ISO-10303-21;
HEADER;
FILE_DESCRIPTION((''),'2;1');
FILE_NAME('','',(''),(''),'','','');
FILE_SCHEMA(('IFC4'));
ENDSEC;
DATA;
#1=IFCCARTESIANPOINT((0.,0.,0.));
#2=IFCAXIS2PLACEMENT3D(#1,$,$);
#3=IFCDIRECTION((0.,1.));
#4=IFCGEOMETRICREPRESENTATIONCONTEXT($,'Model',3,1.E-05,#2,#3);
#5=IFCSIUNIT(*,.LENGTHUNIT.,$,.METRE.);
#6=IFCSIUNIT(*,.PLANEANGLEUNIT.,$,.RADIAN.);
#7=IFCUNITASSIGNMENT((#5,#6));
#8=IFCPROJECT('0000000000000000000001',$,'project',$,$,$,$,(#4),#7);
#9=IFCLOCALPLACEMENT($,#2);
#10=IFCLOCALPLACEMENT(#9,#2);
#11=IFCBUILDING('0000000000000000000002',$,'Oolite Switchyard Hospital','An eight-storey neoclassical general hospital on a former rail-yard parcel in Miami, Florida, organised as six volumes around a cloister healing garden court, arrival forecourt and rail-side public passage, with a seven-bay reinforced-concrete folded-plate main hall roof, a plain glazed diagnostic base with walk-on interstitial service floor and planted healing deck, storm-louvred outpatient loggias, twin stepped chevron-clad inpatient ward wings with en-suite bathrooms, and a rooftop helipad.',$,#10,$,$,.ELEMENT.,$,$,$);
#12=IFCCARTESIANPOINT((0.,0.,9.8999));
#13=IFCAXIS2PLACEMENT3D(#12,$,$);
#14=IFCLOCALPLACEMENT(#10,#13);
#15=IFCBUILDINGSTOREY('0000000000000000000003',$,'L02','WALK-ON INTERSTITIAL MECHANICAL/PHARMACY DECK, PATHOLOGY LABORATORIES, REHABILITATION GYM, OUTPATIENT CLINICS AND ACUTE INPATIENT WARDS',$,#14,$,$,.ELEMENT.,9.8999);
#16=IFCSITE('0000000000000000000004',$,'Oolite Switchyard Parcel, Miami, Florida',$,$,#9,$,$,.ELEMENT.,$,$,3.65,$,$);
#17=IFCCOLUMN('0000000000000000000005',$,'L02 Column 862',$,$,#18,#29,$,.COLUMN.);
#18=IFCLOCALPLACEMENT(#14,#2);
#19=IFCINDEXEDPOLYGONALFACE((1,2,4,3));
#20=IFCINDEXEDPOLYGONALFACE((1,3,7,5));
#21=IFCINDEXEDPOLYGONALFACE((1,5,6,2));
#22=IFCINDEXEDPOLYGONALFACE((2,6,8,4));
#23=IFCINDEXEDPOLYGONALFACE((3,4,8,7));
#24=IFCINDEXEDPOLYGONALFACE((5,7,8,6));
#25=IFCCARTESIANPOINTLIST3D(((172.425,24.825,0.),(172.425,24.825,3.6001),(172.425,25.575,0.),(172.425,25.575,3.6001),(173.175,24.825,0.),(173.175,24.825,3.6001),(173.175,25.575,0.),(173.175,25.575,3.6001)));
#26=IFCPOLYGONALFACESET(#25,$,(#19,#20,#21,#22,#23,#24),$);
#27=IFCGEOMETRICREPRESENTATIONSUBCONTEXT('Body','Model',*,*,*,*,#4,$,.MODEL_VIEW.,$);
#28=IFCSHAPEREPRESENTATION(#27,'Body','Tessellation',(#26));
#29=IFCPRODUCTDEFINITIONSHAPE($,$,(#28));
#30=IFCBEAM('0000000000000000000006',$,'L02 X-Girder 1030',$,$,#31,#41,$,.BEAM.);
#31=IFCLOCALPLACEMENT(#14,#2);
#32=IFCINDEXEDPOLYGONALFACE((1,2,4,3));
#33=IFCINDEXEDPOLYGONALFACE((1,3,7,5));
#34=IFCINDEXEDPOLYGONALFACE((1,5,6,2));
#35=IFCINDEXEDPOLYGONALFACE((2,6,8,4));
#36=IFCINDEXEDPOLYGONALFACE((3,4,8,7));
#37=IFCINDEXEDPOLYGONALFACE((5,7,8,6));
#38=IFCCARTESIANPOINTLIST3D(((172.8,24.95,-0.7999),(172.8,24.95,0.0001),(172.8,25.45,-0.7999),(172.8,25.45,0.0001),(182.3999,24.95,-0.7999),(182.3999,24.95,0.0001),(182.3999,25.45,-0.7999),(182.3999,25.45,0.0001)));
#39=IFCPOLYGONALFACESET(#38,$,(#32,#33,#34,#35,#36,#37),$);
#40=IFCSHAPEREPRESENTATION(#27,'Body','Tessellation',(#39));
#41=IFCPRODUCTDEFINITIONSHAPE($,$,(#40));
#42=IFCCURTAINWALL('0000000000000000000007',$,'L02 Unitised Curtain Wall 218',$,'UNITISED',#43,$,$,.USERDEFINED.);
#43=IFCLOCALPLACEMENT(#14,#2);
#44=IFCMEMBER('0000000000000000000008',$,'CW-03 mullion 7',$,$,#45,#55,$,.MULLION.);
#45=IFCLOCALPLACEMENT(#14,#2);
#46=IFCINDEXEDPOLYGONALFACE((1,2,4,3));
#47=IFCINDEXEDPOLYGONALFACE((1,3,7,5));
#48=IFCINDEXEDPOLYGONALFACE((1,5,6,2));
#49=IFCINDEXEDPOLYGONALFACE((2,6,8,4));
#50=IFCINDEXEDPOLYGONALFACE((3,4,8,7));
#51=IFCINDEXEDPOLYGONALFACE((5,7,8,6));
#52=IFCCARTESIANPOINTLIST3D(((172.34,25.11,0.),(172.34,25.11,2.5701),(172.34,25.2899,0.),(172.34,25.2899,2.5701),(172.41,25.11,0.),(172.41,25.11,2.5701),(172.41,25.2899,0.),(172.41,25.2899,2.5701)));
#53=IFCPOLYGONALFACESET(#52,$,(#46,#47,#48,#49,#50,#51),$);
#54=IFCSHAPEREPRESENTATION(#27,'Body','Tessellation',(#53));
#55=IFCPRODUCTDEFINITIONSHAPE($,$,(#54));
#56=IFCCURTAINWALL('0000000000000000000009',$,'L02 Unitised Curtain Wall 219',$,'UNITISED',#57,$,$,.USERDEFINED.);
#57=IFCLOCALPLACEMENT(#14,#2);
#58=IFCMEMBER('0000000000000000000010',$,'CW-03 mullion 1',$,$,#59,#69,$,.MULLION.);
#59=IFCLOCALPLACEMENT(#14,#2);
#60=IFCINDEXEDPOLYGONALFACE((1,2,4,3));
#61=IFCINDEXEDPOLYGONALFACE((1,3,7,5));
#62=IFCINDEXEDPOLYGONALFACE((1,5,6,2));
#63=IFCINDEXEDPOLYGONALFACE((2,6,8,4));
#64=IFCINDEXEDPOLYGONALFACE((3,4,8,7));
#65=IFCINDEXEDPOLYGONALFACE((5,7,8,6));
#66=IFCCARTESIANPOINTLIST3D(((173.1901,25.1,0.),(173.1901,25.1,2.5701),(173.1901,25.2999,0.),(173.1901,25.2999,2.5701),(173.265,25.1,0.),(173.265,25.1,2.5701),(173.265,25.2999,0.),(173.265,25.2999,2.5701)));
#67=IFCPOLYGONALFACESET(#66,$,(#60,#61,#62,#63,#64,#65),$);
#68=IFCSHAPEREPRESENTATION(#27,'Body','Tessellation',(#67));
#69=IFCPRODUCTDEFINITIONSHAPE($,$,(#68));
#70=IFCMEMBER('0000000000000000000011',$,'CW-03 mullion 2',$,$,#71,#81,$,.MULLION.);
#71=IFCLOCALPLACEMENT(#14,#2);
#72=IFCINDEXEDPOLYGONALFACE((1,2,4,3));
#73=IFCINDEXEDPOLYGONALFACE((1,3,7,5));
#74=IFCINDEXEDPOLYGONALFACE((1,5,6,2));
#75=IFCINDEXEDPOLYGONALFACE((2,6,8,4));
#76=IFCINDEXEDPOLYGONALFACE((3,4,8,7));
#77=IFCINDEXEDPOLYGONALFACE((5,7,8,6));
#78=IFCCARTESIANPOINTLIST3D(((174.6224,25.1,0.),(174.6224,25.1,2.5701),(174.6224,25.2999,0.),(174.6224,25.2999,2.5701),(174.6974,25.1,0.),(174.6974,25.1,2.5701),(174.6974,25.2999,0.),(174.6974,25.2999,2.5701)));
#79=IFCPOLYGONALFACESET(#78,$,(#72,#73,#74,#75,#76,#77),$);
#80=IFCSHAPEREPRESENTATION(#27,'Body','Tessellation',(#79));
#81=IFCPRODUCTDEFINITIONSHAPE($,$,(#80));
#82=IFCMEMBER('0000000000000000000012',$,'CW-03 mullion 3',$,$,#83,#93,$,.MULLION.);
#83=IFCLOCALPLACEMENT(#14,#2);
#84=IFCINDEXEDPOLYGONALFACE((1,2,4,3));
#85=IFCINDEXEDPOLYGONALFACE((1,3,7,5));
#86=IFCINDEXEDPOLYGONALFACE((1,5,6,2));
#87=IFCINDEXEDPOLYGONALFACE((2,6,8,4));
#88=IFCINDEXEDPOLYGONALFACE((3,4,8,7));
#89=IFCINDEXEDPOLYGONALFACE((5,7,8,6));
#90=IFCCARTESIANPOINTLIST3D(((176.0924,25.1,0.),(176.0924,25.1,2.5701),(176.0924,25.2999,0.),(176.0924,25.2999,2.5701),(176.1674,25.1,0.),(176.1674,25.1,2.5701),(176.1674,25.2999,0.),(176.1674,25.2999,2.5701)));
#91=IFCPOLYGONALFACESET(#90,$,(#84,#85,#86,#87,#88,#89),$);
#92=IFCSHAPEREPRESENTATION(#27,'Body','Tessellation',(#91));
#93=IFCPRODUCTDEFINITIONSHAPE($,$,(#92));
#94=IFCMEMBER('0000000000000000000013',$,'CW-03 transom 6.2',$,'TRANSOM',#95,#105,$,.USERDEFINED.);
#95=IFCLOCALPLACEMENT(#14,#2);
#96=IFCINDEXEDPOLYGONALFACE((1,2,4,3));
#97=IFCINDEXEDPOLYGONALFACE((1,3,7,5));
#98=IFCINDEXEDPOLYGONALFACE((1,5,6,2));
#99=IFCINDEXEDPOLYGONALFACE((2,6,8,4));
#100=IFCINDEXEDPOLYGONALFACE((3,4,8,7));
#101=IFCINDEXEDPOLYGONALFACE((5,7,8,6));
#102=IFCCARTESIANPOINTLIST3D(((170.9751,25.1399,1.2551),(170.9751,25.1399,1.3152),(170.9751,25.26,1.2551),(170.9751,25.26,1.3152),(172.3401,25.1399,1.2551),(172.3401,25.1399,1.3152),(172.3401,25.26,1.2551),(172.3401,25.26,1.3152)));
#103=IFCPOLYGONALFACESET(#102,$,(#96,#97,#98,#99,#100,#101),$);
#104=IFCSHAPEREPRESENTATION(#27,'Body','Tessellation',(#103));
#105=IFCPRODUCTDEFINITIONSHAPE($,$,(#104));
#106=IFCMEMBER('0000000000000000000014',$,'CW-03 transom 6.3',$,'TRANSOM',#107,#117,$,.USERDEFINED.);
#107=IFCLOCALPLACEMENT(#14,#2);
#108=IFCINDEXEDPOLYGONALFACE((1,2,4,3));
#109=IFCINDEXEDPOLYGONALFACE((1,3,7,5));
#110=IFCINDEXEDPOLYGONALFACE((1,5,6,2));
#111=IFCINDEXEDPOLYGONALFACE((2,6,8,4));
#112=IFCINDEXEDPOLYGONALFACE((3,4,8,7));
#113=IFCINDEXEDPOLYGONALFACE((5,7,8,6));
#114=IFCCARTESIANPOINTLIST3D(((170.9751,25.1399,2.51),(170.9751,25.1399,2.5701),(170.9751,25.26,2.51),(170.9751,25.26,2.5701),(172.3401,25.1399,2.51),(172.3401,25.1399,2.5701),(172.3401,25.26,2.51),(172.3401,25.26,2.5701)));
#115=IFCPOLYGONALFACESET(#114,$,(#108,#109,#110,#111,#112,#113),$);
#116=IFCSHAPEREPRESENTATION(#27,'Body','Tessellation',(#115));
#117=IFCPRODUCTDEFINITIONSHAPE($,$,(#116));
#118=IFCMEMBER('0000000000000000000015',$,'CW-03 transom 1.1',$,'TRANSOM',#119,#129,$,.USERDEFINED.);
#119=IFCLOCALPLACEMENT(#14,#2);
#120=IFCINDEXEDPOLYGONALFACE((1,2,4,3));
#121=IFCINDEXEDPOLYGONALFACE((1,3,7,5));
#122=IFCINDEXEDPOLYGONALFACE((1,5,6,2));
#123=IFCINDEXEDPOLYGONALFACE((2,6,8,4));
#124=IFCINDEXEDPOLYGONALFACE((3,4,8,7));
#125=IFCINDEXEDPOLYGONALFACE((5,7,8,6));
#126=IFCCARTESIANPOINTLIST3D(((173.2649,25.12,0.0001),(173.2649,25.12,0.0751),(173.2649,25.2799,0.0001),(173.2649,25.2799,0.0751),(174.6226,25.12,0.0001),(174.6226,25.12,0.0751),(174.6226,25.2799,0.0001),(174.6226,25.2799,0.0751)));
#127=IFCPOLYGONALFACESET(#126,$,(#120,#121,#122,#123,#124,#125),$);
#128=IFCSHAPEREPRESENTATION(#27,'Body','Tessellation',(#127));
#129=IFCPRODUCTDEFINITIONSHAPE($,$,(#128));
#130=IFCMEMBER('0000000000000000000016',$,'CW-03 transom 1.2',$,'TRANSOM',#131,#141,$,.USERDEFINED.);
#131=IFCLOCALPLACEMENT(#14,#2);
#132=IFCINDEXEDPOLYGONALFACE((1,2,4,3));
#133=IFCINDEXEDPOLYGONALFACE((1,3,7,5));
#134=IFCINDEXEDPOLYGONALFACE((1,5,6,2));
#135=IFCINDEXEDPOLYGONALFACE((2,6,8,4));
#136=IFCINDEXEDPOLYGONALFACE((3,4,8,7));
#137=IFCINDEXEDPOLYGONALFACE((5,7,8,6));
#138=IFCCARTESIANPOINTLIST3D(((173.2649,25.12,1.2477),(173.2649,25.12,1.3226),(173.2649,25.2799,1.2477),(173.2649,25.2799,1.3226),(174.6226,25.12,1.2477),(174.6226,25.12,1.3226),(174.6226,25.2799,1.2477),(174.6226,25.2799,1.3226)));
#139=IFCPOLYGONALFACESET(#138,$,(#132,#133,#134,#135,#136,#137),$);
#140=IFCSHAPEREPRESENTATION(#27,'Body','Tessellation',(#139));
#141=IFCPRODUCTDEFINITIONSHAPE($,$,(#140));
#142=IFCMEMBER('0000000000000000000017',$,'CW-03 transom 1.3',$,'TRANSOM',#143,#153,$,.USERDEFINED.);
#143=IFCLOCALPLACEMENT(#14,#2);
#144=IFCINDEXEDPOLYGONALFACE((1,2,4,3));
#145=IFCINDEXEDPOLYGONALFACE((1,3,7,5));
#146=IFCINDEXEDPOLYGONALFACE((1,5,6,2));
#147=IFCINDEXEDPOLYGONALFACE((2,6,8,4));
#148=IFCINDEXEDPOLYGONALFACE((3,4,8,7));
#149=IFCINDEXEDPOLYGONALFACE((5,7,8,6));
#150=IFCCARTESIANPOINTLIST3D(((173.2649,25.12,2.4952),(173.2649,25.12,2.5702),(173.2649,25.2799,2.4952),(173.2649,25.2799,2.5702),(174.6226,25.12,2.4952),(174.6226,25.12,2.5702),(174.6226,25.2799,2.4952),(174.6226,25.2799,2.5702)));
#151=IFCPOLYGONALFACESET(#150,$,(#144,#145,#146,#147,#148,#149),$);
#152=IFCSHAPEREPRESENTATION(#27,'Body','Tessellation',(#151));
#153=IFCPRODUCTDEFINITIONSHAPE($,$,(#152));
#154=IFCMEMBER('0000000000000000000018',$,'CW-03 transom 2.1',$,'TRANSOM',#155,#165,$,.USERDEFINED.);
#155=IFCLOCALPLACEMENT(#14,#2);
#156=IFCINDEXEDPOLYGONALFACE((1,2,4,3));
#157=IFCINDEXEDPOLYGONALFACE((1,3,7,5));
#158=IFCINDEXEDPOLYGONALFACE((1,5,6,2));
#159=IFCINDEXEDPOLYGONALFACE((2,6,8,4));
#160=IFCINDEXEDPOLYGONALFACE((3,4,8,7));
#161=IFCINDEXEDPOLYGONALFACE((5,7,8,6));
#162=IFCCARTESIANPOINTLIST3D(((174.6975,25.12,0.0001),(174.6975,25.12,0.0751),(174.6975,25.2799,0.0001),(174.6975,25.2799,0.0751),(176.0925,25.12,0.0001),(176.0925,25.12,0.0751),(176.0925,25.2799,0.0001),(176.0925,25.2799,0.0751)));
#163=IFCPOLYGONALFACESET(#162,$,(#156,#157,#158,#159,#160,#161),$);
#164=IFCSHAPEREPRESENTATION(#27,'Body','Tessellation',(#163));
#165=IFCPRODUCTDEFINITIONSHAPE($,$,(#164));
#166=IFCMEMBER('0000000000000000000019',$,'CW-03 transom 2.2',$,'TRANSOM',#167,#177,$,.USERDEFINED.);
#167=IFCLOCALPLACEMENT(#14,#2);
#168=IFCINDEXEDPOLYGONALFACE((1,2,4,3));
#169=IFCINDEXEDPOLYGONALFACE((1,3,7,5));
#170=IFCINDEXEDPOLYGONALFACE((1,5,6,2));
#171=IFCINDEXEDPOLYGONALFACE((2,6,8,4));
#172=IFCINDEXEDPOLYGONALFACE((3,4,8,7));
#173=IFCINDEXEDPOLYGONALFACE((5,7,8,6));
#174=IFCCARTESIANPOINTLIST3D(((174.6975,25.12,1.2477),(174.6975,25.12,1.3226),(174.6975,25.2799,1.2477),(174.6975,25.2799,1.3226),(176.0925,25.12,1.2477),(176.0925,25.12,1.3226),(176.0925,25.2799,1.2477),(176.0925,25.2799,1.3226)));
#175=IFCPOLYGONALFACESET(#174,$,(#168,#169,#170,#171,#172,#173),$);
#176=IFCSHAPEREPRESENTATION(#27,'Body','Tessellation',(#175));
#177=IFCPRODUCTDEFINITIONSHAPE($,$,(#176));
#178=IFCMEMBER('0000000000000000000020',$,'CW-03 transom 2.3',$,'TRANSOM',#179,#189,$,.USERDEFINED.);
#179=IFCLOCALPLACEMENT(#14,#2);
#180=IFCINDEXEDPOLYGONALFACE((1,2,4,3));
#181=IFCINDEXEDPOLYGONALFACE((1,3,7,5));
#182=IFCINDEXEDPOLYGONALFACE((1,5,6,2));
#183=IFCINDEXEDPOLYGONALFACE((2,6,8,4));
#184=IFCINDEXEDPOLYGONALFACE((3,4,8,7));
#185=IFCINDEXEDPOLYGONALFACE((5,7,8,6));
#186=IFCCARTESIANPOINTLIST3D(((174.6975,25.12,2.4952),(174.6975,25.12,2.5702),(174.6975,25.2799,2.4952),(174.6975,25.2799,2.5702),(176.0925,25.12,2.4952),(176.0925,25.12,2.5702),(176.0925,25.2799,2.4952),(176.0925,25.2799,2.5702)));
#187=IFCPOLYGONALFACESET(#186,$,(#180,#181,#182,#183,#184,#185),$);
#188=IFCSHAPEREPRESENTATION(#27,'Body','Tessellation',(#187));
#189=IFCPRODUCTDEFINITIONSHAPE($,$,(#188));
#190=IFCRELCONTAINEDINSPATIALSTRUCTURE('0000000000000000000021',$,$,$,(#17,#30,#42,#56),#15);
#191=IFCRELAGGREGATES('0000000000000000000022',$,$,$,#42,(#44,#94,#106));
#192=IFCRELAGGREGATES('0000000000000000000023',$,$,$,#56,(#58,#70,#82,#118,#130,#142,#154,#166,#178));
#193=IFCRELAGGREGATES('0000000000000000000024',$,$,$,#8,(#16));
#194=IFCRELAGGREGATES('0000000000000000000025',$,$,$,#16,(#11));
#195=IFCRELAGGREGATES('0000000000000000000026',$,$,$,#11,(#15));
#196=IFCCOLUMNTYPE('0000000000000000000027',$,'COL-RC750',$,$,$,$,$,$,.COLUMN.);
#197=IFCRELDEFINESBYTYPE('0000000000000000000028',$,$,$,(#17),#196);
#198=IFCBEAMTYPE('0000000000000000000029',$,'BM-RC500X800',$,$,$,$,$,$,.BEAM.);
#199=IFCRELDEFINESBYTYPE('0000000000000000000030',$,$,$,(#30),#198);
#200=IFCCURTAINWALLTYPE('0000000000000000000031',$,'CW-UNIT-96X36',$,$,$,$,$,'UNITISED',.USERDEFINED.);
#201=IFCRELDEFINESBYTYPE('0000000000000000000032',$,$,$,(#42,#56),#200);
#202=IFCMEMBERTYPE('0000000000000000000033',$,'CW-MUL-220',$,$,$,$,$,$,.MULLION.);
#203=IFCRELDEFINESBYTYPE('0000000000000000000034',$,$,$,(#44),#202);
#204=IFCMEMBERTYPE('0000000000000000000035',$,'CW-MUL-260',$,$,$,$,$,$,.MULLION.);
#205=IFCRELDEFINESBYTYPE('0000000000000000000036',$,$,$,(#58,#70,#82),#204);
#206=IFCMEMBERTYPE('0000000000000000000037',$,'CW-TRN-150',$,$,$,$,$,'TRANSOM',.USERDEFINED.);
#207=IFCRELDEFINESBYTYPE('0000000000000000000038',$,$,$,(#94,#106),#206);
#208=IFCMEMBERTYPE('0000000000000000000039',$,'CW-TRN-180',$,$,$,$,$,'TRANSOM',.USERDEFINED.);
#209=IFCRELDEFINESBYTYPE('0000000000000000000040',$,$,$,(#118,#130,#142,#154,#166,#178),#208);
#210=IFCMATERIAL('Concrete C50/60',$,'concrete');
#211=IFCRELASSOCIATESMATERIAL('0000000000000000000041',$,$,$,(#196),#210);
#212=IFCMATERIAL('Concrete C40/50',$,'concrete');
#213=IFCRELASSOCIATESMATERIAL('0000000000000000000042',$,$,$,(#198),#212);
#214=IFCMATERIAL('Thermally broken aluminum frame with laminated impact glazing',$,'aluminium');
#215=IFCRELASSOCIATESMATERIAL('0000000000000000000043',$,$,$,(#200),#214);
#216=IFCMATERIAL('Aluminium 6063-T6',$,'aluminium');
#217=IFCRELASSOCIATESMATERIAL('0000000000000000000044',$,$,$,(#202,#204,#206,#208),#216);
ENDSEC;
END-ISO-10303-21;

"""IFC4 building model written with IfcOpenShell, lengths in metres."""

from ifc_helpers import new_model, si_unit, direction, frame, origin, origin_2d, place, context, subcontext, project, spatial, rectangle, extrude, material, material_profile, profile_set, type_object, element, aggregate, save


model = new_model("IFC4")

# Units and contexts
model_context = context("Model", 3, precision=1e-05, world=origin(), true_north=direction((0.0, 1.0)))
body_context = subcontext(model_context, "Body", "Model", "MODEL_VIEW")
ifc_project = project(units=[si_unit("LENGTHUNIT", "METRE"), si_unit("PLANEANGLEUNIT", "RADIAN")], contexts=[model_context])

# Site, building, storey
site_placement = place(None, origin())
site = spatial("IfcSite", under=ifc_project, at=site_placement, Name="Oolite Switchyard Parcel, Miami, Florida", CompositionType="ELEMENT", RefElevation=3.65)
building_placement = place(site_placement, origin())
building = spatial("IfcBuilding", under=site, at=building_placement, Name="Oolite Switchyard Hospital", Description="An eight-storey neoclassical general hospital on a former rail-yard parcel in Miami, Florida, organised as six volumes around a cloister healing garden court, arrival forecourt and rail-side public passage, with a seven-bay reinforced-concrete folded-plate main hall roof, a plain glazed diagnostic base with walk-on interstitial service floor and planted healing deck, storm-louvred outpatient loggias, twin stepped chevron-clad inpatient ward wings with en-suite bathrooms, and a rooftop helipad.", CompositionType="ELEMENT")
storey_placement = place(building_placement, frame((0.0, 0.0, 9.8999)))
storey = spatial("IfcBuildingStorey", under=building, at=storey_placement, Name="L02", Description="WALK-ON INTERSTITIAL MECHANICAL/PHARMACY DECK, PATHOLOGY LABORATORIES, REHABILITATION GYM, OUTPATIENT CLINICS AND ACUTE INPATIENT WARDS", CompositionType="ELEMENT", Elevation=9.8999)

# Column
ifc_material_1 = material(Name="Concrete C50/60", Category="concrete")
ifc_material_profile_1 = material_profile(ifc_material_1, rectangle(XDim=0.75, YDim=0.75, at=origin_2d()), Name="RC750X750")
ifc_profile_set_1 = profile_set([ifc_material_profile_1], Name="Concrete C50/60")
column_type = type_object("IfcColumnType", Name="COL-RC750", PredefinedType="COLUMN", material=ifc_profile_set_1)
column_placement = place(storey_placement, frame((172.8, 25.2, 0.0), z_axis=(0.0, 0.0, 1.0), x_axis=(1.0, 0.0, 0.0)))
element("IfcColumn", 1, at=column_placement, inside=storey, type_object=column_type, Name="L02 Column 862", PredefinedType="COLUMN", context=body_context, shape_type="SweptSolid", body=[
    extrude(rectangle(XDim=0.75, YDim=0.75, at=origin_2d()), origin(), (0.0, 0.0, 1.0), 3.6001),
])

# Beam
ifc_material_2 = material(Name="Concrete C40/50", Category="concrete")
ifc_material_profile_2 = material_profile(ifc_material_2, rectangle(XDim=0.5, YDim=0.8, at=origin_2d()), Name="RCB500X800")
ifc_profile_set_2 = profile_set([ifc_material_profile_2], Name="Concrete C40/50")
beam_type = type_object("IfcBeamType", Name="BM-RC500X800", PredefinedType="BEAM", material=ifc_profile_set_2)
beam_placement = place(storey_placement, frame((172.8, 25.2, -0.3999), z_axis=(1.0, 0.0, 0.0), x_axis=(0.0, 1.0, 0.0)))
element("IfcBeam", 2, at=beam_placement, inside=storey, type_object=beam_type, Name="L02 X-Girder 1030", PredefinedType="BEAM", context=body_context, shape_type="SweptSolid", body=[
    extrude(rectangle(XDim=0.5, YDim=0.8, at=origin_2d()), origin(), (0.0, 0.0, 1.0), 9.5999),
])

# Curtain wall, member
ifc_material_3 = material(Name="Thermally broken aluminum frame with laminated impact glazing", Category="aluminium")
curtain_wall_type = type_object("IfcCurtainWallType", Name="CW-UNIT-96X36", ElementType="UNITISED", PredefinedType="USERDEFINED", material=ifc_material_3)
curtain_wall_1_placement = place(storey_placement, origin())
curtain_wall_1 = element("IfcCurtainWall", 3, at=curtain_wall_1_placement, inside=storey, type_object=curtain_wall_type, Name="L02 Unitised Curtain Wall 218", ObjectType="UNITISED", PredefinedType="USERDEFINED")
ifc_material_4 = material(Name="Aluminium 6063-T6", Category="aluminium")
ifc_material_profile_3 = material_profile(ifc_material_4, rectangle(XDim=0.1799, YDim=0.0701, at=origin_2d()), Name="CWM70X180")
ifc_profile_set_3 = profile_set([ifc_material_profile_3], Name="Aluminium 6063-T6")
member_type_1 = type_object("IfcMemberType", Name="CW-MUL-220", PredefinedType="MULLION", material=ifc_profile_set_3)
member_1_placement = place(storey_placement, frame((172.375, 25.2, 0.0), z_axis=(0.0, 0.0, 1.0), x_axis=(0.0, 1.0, 0.0)))
member_1 = element("IfcMember", 4, at=member_1_placement, type_object=member_type_1, Name="CW-03 mullion 7", PredefinedType="MULLION", context=body_context, shape_type="SweptSolid", body=[
    extrude(rectangle(XDim=0.1799, YDim=0.0701, at=origin_2d()), origin(), (0.0, 0.0, 1.0), 2.5701),
])

# Curtain wall, members
curtain_wall_2_placement = place(storey_placement, origin())
curtain_wall_2 = element("IfcCurtainWall", 5, at=curtain_wall_2_placement, inside=storey, type_object=curtain_wall_type, Name="L02 Unitised Curtain Wall 219", ObjectType="UNITISED", PredefinedType="USERDEFINED")
ifc_material_profile_4 = material_profile(ifc_material_4, rectangle(XDim=0.2, YDim=0.075, at=origin_2d()), Name="CWM75X200")
ifc_profile_set_4 = profile_set([ifc_material_profile_4], Name="Aluminium 6063-T6")
member_type_2 = type_object("IfcMemberType", Name="CW-MUL-260", PredefinedType="MULLION", material=ifc_profile_set_4)
member_2_placement = place(storey_placement, frame((173.2275, 25.2, 0.0), z_axis=(0.0, 0.0, 1.0), x_axis=(0.0, 1.0, 0.0)))
member_2 = element("IfcMember", 6, at=member_2_placement, type_object=member_type_2, Name="CW-03 mullion 1", PredefinedType="MULLION", context=body_context, shape_type="SweptSolid", body=[
    extrude(rectangle(XDim=0.2, YDim=0.075, at=origin_2d()), origin(), (0.0, 0.0, 1.0), 2.5701),
])
member_3_placement = place(storey_placement, frame((174.6599, 25.2, 0.0), z_axis=(0.0, 0.0, 1.0), x_axis=(0.0, 1.0, 0.0)))
member_3 = element("IfcMember", 7, at=member_3_placement, type_object=member_type_2, Name="CW-03 mullion 2", PredefinedType="MULLION", context=body_context, shape_type="SweptSolid", body=[
    extrude(rectangle(XDim=0.2, YDim=0.075, at=origin_2d()), origin(), (0.0, 0.0, 1.0), 2.5701),
])
member_4_placement = place(storey_placement, frame((176.1299, 25.2, 0.0), z_axis=(0.0, 0.0, 1.0), x_axis=(0.0, 1.0, 0.0)))
member_4 = element("IfcMember", 8, at=member_4_placement, type_object=member_type_2, Name="CW-03 mullion 3", PredefinedType="MULLION", context=body_context, shape_type="SweptSolid", body=[
    extrude(rectangle(XDim=0.2, YDim=0.075, at=origin_2d()), origin(), (0.0, 0.0, 1.0), 2.5701),
])

# Members
ifc_material_profile_5 = material_profile(ifc_material_4, rectangle(XDim=0.1201, YDim=0.0601, at=origin_2d()), Name="CWT60X120")
ifc_profile_set_5 = profile_set([ifc_material_profile_5], Name="Aluminium 6063-T6")
member_type_3 = type_object("IfcMemberType", Name="CW-TRN-150", ElementType="TRANSOM", PredefinedType="USERDEFINED", material=ifc_profile_set_5)
member_5_placement = place(storey_placement, frame((170.9751, 25.2, 1.2852), z_axis=(1.0, 0.0, 0.0), x_axis=(0.0, 1.0, 0.0)))
member_5 = element("IfcMember", 9, at=member_5_placement, type_object=member_type_3, Name="CW-03 transom 6.2", ObjectType="TRANSOM", PredefinedType="USERDEFINED", context=body_context, shape_type="SweptSolid", body=[
    extrude(rectangle(XDim=0.1201, YDim=0.0601, at=origin_2d()), origin(), (0.0, 0.0, 1.0), 1.365),
])
member_6_placement = place(storey_placement, frame((170.9751, 25.2, 2.54), z_axis=(1.0, 0.0, 0.0), x_axis=(0.0, 1.0, 0.0)))
member_6 = element("IfcMember", 10, at=member_6_placement, type_object=member_type_3, Name="CW-03 transom 6.3", ObjectType="TRANSOM", PredefinedType="USERDEFINED", context=body_context, shape_type="SweptSolid", body=[
    extrude(rectangle(XDim=0.1201, YDim=0.0601, at=origin_2d()), origin(), (0.0, 0.0, 1.0), 1.365),
])
ifc_material_profile_6 = material_profile(ifc_material_4, rectangle(XDim=0.1599, YDim=0.075, at=origin_2d()), Name="CWT75X160")
ifc_profile_set_6 = profile_set([ifc_material_profile_6], Name="Aluminium 6063-T6")
member_type_4 = type_object("IfcMemberType", Name="CW-TRN-180", ElementType="TRANSOM", PredefinedType="USERDEFINED", material=ifc_profile_set_6)
member_7_placement = place(storey_placement, frame((173.2649, 25.2, 0.0376), z_axis=(1.0, 0.0, 0.0), x_axis=(0.0, 1.0, 0.0)))
member_7 = element("IfcMember", 11, at=member_7_placement, type_object=member_type_4, Name="CW-03 transom 1.1", ObjectType="TRANSOM", PredefinedType="USERDEFINED", context=body_context, shape_type="SweptSolid", body=[
    extrude(rectangle(XDim=0.1599, YDim=0.075, at=origin_2d()), origin(), (0.0, 0.0, 1.0), 1.3577),
])
member_8_placement = place(storey_placement, frame((173.2649, 25.2, 1.2852), z_axis=(1.0, 0.0, 0.0), x_axis=(0.0, 1.0, 0.0)))
member_8 = element("IfcMember", 12, at=member_8_placement, type_object=member_type_4, Name="CW-03 transom 1.2", ObjectType="TRANSOM", PredefinedType="USERDEFINED", context=body_context, shape_type="SweptSolid", body=[
    extrude(rectangle(XDim=0.1599, YDim=0.075, at=origin_2d()), origin(), (0.0, 0.0, 1.0), 1.3577),
])
member_9_placement = place(storey_placement, frame((173.2649, 25.2, 2.5327), z_axis=(1.0, 0.0, 0.0), x_axis=(0.0, 1.0, 0.0)))
member_9 = element("IfcMember", 13, at=member_9_placement, type_object=member_type_4, Name="CW-03 transom 1.3", ObjectType="TRANSOM", PredefinedType="USERDEFINED", context=body_context, shape_type="SweptSolid", body=[
    extrude(rectangle(XDim=0.1599, YDim=0.075, at=origin_2d()), origin(), (0.0, 0.0, 1.0), 1.3577),
])
member_10_placement = place(storey_placement, frame((174.6975, 25.2, 0.0376), z_axis=(1.0, 0.0, 0.0), x_axis=(0.0, 1.0, 0.0)))
member_10 = element("IfcMember", 14, at=member_10_placement, type_object=member_type_4, Name="CW-03 transom 2.1", ObjectType="TRANSOM", PredefinedType="USERDEFINED", context=body_context, shape_type="SweptSolid", body=[
    extrude(rectangle(XDim=0.1599, YDim=0.075, at=origin_2d()), origin(), (0.0, 0.0, 1.0), 1.395),
])
member_11_placement = place(storey_placement, frame((174.6975, 25.2, 1.2852), z_axis=(1.0, 0.0, 0.0), x_axis=(0.0, 1.0, 0.0)))
member_11 = element("IfcMember", 15, at=member_11_placement, type_object=member_type_4, Name="CW-03 transom 2.2", ObjectType="TRANSOM", PredefinedType="USERDEFINED", context=body_context, shape_type="SweptSolid", body=[
    extrude(rectangle(XDim=0.1599, YDim=0.075, at=origin_2d()), origin(), (0.0, 0.0, 1.0), 1.395),
])
member_12_placement = place(storey_placement, frame((174.6975, 25.2, 2.5327), z_axis=(1.0, 0.0, 0.0), x_axis=(0.0, 1.0, 0.0)))
member_12 = element("IfcMember", 16, at=member_12_placement, type_object=member_type_4, Name="CW-03 transom 2.3", ObjectType="TRANSOM", PredefinedType="USERDEFINED", context=body_context, shape_type="SweptSolid", body=[
    extrude(rectangle(XDim=0.1599, YDim=0.075, at=origin_2d()), origin(), (0.0, 0.0, 1.0), 1.395),
])

aggregate(curtain_wall_1, [member_1, member_5, member_6])
aggregate(curtain_wall_2, [member_2, member_3, member_4, member_7, member_8, member_9, member_10, member_11, member_12])

save(model, "model.ifc")
